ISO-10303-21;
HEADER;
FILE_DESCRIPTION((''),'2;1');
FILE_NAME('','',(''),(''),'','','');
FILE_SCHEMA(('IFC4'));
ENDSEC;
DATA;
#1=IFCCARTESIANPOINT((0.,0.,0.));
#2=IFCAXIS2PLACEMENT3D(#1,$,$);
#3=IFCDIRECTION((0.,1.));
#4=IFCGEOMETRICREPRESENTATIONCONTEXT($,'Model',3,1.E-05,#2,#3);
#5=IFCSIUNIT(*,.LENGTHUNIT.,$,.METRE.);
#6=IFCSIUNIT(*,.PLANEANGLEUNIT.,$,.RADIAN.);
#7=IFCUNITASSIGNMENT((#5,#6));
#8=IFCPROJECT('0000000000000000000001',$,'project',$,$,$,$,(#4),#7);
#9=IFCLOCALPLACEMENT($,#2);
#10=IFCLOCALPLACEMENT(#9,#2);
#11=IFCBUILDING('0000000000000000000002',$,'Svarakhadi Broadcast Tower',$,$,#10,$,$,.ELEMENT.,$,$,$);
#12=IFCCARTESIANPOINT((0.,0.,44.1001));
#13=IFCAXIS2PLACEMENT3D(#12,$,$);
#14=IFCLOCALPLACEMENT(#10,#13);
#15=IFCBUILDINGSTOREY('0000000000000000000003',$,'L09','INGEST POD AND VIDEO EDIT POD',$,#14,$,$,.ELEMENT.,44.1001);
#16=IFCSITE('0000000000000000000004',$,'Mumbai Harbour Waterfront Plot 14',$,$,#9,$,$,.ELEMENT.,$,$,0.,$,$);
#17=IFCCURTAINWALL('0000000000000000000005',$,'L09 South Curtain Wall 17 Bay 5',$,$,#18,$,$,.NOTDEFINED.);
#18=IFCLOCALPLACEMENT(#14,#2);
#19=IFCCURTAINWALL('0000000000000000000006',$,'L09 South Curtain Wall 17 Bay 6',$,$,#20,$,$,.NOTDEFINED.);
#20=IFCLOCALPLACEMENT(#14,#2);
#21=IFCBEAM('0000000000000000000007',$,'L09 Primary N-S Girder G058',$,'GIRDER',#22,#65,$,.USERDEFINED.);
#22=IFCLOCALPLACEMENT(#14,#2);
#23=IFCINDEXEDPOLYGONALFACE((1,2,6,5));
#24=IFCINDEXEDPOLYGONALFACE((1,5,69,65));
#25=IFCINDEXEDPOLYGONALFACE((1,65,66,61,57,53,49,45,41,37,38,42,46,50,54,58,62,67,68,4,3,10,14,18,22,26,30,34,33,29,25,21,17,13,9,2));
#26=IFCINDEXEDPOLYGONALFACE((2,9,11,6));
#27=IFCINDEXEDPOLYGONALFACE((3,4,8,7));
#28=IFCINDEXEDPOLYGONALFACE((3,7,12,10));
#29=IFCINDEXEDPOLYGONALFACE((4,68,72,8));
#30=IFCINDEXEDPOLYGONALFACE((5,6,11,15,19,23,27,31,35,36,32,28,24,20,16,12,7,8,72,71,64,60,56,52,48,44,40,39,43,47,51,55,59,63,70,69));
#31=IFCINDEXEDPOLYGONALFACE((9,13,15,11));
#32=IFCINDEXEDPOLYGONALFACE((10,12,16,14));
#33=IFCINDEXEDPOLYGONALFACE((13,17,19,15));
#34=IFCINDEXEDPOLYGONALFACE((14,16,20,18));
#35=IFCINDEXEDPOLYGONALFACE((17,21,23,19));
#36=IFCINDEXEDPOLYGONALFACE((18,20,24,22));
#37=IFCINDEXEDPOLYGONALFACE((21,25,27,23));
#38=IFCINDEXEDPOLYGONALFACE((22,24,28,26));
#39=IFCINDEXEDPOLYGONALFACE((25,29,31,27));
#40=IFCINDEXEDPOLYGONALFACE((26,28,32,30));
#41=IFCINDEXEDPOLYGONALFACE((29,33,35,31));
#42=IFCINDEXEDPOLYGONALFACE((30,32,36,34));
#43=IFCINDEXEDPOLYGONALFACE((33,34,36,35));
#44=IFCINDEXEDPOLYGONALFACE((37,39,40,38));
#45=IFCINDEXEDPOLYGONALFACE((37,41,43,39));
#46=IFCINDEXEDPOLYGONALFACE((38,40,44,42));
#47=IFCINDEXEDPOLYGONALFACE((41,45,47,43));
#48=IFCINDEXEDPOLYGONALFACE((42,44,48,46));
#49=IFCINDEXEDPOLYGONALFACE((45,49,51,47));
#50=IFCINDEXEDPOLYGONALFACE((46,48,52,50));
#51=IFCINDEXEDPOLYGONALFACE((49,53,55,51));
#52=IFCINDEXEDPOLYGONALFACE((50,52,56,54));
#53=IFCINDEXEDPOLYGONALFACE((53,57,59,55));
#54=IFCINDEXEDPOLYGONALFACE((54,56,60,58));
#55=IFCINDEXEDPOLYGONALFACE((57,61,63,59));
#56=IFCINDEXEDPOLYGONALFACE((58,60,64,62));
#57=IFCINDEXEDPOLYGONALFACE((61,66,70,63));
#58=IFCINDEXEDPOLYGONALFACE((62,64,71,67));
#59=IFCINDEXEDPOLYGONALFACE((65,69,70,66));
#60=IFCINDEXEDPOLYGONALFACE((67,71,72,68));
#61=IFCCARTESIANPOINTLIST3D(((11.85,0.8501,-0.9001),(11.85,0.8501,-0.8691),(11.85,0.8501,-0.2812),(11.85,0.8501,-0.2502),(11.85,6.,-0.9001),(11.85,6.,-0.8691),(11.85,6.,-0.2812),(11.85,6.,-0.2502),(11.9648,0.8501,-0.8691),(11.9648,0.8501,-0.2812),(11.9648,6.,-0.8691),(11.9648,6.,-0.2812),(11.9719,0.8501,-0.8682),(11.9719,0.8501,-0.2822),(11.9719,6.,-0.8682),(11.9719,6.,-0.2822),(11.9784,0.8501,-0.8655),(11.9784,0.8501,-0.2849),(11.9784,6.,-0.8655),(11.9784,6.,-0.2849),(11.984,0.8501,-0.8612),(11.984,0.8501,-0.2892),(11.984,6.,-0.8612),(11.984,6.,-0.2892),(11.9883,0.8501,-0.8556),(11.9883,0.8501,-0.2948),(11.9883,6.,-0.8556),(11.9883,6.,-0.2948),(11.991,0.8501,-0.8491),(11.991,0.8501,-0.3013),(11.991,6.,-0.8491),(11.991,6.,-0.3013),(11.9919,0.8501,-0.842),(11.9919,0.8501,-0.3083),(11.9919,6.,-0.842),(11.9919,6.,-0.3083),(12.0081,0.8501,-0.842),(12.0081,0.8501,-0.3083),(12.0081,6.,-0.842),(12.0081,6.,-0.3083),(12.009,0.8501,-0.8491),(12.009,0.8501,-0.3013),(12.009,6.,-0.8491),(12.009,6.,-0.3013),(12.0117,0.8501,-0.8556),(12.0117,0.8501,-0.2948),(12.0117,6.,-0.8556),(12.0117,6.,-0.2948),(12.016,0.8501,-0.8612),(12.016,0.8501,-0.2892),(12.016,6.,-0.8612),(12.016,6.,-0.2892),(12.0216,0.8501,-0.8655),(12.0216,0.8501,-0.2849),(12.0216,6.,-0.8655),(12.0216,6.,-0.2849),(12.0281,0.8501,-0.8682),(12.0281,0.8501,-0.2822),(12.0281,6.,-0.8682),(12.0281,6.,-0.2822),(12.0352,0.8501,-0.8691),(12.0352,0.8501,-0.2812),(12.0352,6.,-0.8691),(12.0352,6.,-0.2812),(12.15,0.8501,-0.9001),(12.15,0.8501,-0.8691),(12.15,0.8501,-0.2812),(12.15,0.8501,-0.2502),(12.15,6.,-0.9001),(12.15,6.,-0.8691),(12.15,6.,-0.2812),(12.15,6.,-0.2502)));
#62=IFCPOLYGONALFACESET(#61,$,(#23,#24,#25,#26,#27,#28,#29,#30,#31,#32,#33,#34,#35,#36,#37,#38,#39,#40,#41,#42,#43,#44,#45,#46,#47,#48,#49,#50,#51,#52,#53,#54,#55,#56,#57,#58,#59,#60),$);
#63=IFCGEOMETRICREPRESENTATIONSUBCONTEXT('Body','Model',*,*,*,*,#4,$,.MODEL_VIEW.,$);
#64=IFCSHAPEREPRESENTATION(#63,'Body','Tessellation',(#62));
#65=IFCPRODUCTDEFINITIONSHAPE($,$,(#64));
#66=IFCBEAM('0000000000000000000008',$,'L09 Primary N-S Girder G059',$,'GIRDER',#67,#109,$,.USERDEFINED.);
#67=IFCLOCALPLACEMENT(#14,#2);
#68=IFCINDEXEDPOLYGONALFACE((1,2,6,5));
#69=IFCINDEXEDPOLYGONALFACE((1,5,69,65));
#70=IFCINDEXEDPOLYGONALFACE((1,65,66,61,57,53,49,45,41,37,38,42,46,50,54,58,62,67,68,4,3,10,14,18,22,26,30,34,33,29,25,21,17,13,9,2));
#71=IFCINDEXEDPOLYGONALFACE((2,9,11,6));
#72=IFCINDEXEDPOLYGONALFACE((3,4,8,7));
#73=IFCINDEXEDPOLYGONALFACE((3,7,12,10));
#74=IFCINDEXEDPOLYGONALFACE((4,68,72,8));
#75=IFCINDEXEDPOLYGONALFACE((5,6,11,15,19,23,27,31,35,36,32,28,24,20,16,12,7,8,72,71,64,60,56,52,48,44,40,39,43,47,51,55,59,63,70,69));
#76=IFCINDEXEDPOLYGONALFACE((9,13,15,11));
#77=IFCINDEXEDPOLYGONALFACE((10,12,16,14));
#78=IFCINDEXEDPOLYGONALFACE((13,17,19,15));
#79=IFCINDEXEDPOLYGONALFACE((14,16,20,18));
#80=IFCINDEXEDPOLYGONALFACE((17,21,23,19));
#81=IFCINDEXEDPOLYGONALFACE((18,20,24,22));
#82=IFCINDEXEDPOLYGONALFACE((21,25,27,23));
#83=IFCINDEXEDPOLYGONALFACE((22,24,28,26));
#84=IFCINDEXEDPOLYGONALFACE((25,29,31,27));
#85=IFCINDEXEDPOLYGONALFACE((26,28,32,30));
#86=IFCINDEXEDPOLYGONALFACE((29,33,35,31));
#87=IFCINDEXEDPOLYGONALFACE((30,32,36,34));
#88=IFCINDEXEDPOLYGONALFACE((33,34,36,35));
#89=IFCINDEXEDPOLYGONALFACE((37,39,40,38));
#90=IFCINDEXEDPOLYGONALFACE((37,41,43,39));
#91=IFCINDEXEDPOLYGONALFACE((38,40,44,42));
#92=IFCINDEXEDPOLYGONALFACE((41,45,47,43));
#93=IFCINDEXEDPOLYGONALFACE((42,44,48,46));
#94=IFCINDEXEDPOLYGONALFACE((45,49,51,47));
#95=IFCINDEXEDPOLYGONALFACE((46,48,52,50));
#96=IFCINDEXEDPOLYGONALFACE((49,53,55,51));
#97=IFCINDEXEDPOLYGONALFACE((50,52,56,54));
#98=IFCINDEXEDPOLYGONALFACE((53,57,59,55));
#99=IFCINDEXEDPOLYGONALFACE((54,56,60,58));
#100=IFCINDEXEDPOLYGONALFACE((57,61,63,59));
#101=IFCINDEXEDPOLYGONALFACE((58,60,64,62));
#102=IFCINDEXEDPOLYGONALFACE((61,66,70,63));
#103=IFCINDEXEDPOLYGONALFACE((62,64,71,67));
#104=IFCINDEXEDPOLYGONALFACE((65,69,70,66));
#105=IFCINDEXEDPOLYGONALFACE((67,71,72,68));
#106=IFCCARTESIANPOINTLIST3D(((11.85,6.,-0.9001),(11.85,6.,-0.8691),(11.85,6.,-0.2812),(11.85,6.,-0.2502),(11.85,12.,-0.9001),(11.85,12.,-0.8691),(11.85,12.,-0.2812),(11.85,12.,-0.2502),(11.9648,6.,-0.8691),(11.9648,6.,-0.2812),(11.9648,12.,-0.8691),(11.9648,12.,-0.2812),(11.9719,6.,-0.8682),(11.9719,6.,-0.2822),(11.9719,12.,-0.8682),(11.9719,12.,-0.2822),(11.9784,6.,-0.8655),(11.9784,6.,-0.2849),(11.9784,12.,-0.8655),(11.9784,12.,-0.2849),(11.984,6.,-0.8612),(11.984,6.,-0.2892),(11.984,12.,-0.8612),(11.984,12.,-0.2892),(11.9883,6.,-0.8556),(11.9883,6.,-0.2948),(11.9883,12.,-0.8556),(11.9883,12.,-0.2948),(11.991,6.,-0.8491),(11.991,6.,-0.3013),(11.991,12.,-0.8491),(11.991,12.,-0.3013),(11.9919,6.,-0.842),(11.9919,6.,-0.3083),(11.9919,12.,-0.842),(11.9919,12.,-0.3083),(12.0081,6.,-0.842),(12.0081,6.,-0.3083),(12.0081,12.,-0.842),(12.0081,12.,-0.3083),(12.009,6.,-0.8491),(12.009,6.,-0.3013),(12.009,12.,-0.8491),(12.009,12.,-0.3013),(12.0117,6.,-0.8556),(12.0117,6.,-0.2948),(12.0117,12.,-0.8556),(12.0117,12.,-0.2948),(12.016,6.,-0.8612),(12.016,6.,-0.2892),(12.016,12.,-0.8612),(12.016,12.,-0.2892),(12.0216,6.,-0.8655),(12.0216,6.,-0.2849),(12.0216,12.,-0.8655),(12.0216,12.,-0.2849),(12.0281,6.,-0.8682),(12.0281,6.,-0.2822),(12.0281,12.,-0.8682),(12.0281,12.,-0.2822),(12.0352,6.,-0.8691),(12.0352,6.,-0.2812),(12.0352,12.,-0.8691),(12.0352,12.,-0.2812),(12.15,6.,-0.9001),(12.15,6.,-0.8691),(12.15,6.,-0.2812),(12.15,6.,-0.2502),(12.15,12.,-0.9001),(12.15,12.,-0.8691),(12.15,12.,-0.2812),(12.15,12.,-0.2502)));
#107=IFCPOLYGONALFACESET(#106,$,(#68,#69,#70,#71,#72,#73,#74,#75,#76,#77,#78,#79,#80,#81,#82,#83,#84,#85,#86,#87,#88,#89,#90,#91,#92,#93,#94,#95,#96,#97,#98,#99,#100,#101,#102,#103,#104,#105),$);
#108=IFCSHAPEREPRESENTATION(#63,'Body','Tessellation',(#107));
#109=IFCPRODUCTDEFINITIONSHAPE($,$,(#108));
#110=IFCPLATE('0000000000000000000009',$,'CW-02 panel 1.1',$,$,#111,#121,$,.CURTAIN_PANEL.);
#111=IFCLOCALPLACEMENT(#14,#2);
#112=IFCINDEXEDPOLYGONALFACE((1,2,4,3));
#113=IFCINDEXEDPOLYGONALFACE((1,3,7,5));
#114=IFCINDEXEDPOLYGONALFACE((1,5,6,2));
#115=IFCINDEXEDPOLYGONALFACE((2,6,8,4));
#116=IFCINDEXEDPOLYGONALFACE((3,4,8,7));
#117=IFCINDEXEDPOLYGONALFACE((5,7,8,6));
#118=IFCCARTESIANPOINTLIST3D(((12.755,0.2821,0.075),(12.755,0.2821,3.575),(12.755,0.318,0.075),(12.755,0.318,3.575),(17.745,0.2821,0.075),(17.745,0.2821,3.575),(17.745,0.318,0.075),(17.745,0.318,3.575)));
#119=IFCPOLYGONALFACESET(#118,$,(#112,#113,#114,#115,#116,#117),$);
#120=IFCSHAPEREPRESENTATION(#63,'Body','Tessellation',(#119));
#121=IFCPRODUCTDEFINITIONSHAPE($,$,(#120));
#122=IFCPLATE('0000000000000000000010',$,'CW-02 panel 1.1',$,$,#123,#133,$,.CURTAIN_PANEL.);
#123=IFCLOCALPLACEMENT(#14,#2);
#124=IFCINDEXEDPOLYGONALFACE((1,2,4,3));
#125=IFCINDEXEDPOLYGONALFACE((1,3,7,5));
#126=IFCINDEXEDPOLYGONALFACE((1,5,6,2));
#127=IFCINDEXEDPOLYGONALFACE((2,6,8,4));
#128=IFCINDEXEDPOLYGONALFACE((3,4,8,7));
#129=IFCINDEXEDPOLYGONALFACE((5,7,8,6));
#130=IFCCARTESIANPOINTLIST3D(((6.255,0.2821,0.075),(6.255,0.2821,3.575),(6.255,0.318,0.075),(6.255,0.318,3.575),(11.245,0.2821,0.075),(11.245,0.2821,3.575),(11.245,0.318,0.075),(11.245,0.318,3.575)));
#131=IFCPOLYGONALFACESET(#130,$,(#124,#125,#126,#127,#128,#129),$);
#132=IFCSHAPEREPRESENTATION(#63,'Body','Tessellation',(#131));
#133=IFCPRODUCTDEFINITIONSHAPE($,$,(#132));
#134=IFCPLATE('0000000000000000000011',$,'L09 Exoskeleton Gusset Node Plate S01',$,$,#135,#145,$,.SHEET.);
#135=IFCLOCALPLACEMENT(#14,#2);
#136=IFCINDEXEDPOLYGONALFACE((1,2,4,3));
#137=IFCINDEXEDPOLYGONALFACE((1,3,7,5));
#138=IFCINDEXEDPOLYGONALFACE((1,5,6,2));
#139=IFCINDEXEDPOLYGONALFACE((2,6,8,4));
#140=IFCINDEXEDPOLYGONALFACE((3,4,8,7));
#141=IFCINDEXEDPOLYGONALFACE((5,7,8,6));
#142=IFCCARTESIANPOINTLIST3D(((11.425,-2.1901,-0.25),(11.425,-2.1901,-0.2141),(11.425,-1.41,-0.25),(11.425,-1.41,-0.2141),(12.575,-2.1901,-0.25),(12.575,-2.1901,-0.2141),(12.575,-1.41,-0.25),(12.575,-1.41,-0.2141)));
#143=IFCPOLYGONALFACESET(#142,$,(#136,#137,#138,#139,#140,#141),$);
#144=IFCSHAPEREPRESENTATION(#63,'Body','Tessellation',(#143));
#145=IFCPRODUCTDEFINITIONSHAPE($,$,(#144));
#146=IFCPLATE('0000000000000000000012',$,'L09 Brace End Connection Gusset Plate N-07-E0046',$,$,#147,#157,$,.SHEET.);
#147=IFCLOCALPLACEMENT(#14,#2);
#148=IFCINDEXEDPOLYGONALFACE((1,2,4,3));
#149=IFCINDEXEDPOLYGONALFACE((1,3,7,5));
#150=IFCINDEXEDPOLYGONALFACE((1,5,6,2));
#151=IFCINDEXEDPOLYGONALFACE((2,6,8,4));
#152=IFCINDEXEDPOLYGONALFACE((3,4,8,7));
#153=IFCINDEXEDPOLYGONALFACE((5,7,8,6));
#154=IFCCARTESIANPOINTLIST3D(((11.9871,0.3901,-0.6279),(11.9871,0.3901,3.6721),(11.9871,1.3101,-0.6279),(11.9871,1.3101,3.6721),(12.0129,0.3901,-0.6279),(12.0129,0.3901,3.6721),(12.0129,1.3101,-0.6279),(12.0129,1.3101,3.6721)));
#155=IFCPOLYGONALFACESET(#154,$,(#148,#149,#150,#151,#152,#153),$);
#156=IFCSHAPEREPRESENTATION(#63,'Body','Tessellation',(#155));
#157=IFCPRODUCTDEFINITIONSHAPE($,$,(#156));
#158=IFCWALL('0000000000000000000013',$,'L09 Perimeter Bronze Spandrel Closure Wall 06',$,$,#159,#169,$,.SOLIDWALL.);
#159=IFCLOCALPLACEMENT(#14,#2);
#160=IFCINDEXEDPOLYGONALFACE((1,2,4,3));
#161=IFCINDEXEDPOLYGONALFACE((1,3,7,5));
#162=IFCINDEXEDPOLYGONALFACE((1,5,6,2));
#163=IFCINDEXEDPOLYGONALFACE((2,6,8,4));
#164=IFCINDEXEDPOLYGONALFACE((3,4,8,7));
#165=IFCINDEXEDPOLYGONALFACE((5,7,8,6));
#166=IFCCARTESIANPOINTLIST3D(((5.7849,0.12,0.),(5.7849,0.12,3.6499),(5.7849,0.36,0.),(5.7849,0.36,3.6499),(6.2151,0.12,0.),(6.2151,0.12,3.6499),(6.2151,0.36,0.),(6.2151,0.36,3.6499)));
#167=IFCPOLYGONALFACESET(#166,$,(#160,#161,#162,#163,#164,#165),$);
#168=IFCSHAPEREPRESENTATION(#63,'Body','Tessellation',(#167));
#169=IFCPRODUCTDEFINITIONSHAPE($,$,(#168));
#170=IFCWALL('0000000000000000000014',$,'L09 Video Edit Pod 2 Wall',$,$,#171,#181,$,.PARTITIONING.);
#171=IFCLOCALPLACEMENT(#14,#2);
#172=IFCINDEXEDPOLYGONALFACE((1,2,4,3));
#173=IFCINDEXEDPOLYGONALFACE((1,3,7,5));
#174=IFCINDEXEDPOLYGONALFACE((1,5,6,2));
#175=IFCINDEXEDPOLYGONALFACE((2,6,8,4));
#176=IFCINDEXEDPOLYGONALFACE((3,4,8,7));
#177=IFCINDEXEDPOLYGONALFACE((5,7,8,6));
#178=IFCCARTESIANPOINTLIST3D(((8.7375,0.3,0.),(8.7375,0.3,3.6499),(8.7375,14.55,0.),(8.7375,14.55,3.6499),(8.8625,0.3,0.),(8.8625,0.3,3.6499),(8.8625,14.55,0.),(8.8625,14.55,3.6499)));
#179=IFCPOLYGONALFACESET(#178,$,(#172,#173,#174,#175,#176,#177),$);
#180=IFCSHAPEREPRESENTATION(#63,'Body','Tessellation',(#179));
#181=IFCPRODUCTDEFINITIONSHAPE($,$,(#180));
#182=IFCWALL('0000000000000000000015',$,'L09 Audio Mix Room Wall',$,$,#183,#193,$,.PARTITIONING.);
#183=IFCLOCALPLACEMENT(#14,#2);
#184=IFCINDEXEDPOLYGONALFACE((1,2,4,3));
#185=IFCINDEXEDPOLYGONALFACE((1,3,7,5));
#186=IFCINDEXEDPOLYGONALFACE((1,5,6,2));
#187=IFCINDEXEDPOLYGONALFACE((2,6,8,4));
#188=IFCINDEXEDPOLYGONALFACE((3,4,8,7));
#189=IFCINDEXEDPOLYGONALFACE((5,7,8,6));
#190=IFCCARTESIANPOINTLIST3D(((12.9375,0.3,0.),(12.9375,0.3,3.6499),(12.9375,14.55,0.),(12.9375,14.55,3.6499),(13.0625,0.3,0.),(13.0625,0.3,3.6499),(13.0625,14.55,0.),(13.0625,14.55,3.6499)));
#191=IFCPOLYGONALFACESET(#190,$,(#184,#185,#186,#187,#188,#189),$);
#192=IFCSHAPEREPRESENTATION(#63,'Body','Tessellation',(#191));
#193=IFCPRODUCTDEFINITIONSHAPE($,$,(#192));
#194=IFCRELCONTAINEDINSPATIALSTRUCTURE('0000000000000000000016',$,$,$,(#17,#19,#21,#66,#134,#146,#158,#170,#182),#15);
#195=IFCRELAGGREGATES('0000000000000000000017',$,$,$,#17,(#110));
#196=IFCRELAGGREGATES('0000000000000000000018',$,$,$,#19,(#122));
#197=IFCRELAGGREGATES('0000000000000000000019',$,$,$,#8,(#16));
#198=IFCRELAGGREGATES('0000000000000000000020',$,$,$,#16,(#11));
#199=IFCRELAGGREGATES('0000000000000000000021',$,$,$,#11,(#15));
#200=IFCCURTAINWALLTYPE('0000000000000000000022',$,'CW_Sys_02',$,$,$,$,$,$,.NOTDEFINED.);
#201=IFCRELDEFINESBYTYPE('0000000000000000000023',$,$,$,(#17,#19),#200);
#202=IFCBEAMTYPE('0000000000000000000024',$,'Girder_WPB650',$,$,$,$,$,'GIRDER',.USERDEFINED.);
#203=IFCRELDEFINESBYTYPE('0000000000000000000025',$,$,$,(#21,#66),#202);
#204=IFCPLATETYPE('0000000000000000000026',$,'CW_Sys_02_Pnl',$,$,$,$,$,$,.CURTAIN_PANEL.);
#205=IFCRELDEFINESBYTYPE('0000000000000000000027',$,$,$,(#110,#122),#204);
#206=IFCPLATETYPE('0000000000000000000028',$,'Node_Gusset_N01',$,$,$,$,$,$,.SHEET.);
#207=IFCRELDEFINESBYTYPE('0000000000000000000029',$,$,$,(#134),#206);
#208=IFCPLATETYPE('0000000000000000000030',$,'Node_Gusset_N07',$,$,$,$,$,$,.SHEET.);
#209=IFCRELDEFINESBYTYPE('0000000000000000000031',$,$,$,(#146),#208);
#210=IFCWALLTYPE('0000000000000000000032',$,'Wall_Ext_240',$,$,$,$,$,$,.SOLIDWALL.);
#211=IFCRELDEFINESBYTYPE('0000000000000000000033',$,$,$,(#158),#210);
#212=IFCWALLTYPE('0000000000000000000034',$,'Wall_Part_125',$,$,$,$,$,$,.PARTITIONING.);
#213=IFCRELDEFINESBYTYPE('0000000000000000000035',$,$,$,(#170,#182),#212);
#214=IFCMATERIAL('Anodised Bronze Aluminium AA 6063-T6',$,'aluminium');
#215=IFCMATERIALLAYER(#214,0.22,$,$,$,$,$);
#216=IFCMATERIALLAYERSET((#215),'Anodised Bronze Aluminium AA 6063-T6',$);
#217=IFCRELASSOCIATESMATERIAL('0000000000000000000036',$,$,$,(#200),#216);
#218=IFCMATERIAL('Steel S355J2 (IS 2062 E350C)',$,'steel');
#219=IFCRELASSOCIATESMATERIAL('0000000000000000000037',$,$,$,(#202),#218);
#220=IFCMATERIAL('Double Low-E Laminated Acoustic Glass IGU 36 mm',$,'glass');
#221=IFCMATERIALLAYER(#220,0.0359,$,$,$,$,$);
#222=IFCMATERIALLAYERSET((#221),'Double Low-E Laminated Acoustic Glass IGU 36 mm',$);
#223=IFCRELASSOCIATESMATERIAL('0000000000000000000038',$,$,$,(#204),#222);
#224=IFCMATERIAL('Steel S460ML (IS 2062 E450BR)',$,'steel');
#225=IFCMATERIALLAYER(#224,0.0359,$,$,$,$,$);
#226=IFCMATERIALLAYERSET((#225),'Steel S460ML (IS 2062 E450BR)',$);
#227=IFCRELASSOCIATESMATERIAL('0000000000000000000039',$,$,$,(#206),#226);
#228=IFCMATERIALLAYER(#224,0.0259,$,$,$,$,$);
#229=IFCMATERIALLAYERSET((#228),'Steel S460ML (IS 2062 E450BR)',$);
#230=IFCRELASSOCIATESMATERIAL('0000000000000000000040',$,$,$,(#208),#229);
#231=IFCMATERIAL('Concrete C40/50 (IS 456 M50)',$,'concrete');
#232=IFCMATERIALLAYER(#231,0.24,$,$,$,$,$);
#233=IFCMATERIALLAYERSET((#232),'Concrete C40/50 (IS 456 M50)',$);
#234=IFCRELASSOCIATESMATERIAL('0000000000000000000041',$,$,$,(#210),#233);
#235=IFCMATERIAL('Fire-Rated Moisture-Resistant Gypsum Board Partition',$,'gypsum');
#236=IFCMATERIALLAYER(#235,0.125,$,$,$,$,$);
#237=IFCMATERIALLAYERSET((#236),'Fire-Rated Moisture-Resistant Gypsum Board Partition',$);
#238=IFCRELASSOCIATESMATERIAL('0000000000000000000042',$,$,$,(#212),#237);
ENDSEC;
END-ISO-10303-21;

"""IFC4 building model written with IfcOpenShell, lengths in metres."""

from ifc_helpers import new_model, si_unit, direction, frame, frame_2d, origin, origin_2d, place, context, subcontext, project, spatial, rectangle, i_section, extrude, material, layer, layer_set, material_profile, profile_set, type_object, element, aggregate, save


model = new_model("IFC4")

# Units and contexts
model_context = context("Model", 3, precision=1e-05, world=origin(), true_north=direction((0.0, 1.0)))
body_context = subcontext(model_context, "Body", "Model", "MODEL_VIEW")
ifc_project = project(units=[si_unit("LENGTHUNIT", "METRE"), si_unit("PLANEANGLEUNIT", "RADIAN")], contexts=[model_context])

# Site, building, storey
site_placement = place(None, origin())
site = spatial("IfcSite", under=ifc_project, at=site_placement, Name="Mumbai Harbour Waterfront Plot 14", CompositionType="ELEMENT", RefElevation=0.0)
building_placement = place(site_placement, origin())
building = spatial("IfcBuilding", under=site, at=building_placement, Name="Svarakhadi Broadcast Tower", CompositionType="ELEMENT")
storey_placement = place(building_placement, frame((0.0, 0.0, 44.1001)))
storey = spatial("IfcBuildingStorey", under=building, at=storey_placement, Name="L09", Description="INGEST POD AND VIDEO EDIT POD", CompositionType="ELEMENT", Elevation=44.1001)

# Shared definitions
ifc_material_1 = material(Name="Steel S460ML (IS 2062 E450BR)", Category="steel")

# Shared definitions
ifc_material_2 = material(Name="Steel S355J2 (IS 2062 E350C)", Category="steel")

# Curtain walls
ifc_material_3 = material(Name="Anodised Bronze Aluminium AA 6063-T6", Category="aluminium")
ifc_layer_1 = layer(ifc_material_3, 0.22)
ifc_layer_set_1 = layer_set([ifc_layer_1], Name="Anodised Bronze Aluminium AA 6063-T6")
curtain_wall_type = type_object("IfcCurtainWallType", Name="CW_Sys_02", PredefinedType="NOTDEFINED", material=ifc_layer_set_1)
curtain_wall_1_placement = place(storey_placement, origin())
curtain_wall_1 = element("IfcCurtainWall", 1, at=curtain_wall_1_placement, inside=storey, type_object=curtain_wall_type, Name="L09 South Curtain Wall 17 Bay 5", PredefinedType="NOTDEFINED")
curtain_wall_2_placement = place(storey_placement, origin())
curtain_wall_2 = element("IfcCurtainWall", 2, at=curtain_wall_2_placement, inside=storey, type_object=curtain_wall_type, Name="L09 South Curtain Wall 17 Bay 6", PredefinedType="NOTDEFINED")

# Beams
ifc_material_profile_1 = material_profile(ifc_material_2, i_section(OverallWidth=0.3, OverallDepth=0.6499, WebThickness=0.0161, FlangeThickness=0.031, FilletRadius=0.0271, at=origin_2d()), Name="WPB 650x300x225")
ifc_profile_set_1 = profile_set([ifc_material_profile_1], Name="Steel S355J2 (IS 2062 E350C)")
beam_type_1 = type_object("IfcBeamType", Name="Girder_WPB650", ElementType="GIRDER", PredefinedType="USERDEFINED", material=ifc_profile_set_1)
beam_1_placement = place(storey_placement, frame((12.0, 0.8501, -0.5752), z_axis=(0.0, 1.0, 0.0), x_axis=(-1.0, 0.0, 0.0)))
element("IfcBeam", 3, at=beam_1_placement, inside=storey, type_object=beam_type_1, Name="L09 Primary N-S Girder G058", ObjectType="GIRDER", PredefinedType="USERDEFINED", context=body_context, shape_type="SweptSolid", body=[
    extrude(i_section(OverallWidth=0.3, OverallDepth=0.6499, WebThickness=0.0161, FlangeThickness=0.031, FilletRadius=0.0271, at=origin_2d()), origin(), (0.0, 0.0, 1.0), 5.1499),
])
beam_2_placement = place(storey_placement, frame((12.0, 6.0, -0.5752), z_axis=(0.0, 1.0, 0.0), x_axis=(-1.0, 0.0, 0.0)))
element("IfcBeam", 4, at=beam_2_placement, inside=storey, type_object=beam_type_1, Name="L09 Primary N-S Girder G059", ObjectType="GIRDER", PredefinedType="USERDEFINED", context=body_context, shape_type="SweptSolid", body=[
    extrude(i_section(OverallWidth=0.3, OverallDepth=0.6499, WebThickness=0.0161, FlangeThickness=0.031, FilletRadius=0.0271, at=origin_2d()), origin(), (0.0, 0.0, 1.0), 6.0),
])

# Plates
ifc_material_4 = material(Name="Double Low-E Laminated Acoustic Glass IGU 36 mm", Category="glass")
ifc_layer_2 = layer(ifc_material_4, 0.0359)
ifc_layer_set_2 = layer_set([ifc_layer_2], Name="Double Low-E Laminated Acoustic Glass IGU 36 mm")
plate_type_1 = type_object("IfcPlateType", Name="CW_Sys_02_Pnl", PredefinedType="CURTAIN_PANEL", material=ifc_layer_set_2)
plate_1_placement = place(storey_placement, frame((15.25, 0.3, 0.075), z_axis=(0.0, 0.0, 1.0), x_axis=(-1.0, 0.0, 0.0)))
plate_1 = element("IfcPlate", 5, at=plate_1_placement, type_object=plate_type_1, Name="CW-02 panel 1.1", PredefinedType="CURTAIN_PANEL", context=body_context, shape_type="SweptSolid", body=[
    extrude(rectangle(XDim=4.99, YDim=0.0359, at=origin_2d()), origin(), (0.0, 0.0, 1.0), 3.5),
])
aggregate(curtain_wall_1, [plate_1])
plate_2_placement = place(storey_placement, frame((8.75, 0.3, 0.075), z_axis=(0.0, 0.0, 1.0), x_axis=(-1.0, 0.0, 0.0)))
plate_2 = element("IfcPlate", 6, at=plate_2_placement, type_object=plate_type_1, Name="CW-02 panel 1.1", PredefinedType="CURTAIN_PANEL", context=body_context, shape_type="SweptSolid", body=[
    extrude(rectangle(XDim=4.99, YDim=0.0359, at=origin_2d()), origin(), (0.0, 0.0, 1.0), 3.5),
])
aggregate(curtain_wall_2, [plate_2])

# Plates
ifc_layer_3 = layer(ifc_material_1, 0.0359)
ifc_layer_set_3 = layer_set([ifc_layer_3], Name="Steel S460ML (IS 2062 E450BR)")
plate_type_2 = type_object("IfcPlateType", Name="Node_Gusset_N01", PredefinedType="SHEET", material=ifc_layer_set_3)
plate_3_placement = place(storey_placement, frame((12.0, -1.8, -0.25), z_axis=(0.0, 0.0, 1.0), x_axis=(1.0, 0.0, 0.0)))
element("IfcPlate", 7, at=plate_3_placement, inside=storey, type_object=plate_type_2, Name="L09 Exoskeleton Gusset Node Plate S01", PredefinedType="SHEET", context=body_context, shape_type="SweptSolid", body=[
    extrude(rectangle(XDim=1.1499, YDim=0.78, at=origin_2d()), origin(), (0.0, 0.0, 1.0), 0.0359),
])
ifc_layer_4 = layer(ifc_material_1, 0.0259)
ifc_layer_set_4 = layer_set([ifc_layer_4], Name="Steel S460ML (IS 2062 E450BR)")
plate_type_3 = type_object("IfcPlateType", Name="Node_Gusset_N07", PredefinedType="SHEET", material=ifc_layer_set_4)
plate_4_placement = place(storey_placement, frame((12.0, 0.8501, -0.6279), z_axis=(0.0, 0.0, 1.0), x_axis=(0.0, 1.0, 0.0)))
element("IfcPlate", 8, at=plate_4_placement, inside=storey, type_object=plate_type_3, Name="L09 Brace End Connection Gusset Plate N-07-E0046", PredefinedType="SHEET", context=body_context, shape_type="SweptSolid", body=[
    extrude(rectangle(XDim=0.9199, YDim=0.0259, at=origin_2d()), origin(), (0.0, 0.0, 1.0), 4.3),
])

# Walls
ifc_material_5 = material(Name="Concrete C40/50 (IS 456 M50)", Category="concrete")
ifc_layer_5 = layer(ifc_material_5, 0.24)
ifc_layer_set_5 = layer_set([ifc_layer_5], Name="Concrete C40/50 (IS 456 M50)")
wall_type_1 = type_object("IfcWallType", Name="Wall_Ext_240", PredefinedType="SOLIDWALL", material=ifc_layer_set_5)
wall_placement = place(storey_placement, frame((6.2151, 0.24, 0.0), z_axis=(0.0, 0.0, 1.0), x_axis=(-1.0, 0.0, 0.0)))
element("IfcWall", 9, at=wall_placement, inside=storey, type_object=wall_type_1, Name="L09 Perimeter Bronze Spandrel Closure Wall 06", PredefinedType="SOLIDWALL", context=body_context, shape_type="SweptSolid", body=[
    extrude(rectangle(XDim=0.4302, YDim=0.24, at=frame_2d((0.2151, 0.0))), origin(), (0.0, 0.0, 1.0), 3.6499),
])
ifc_material_6 = material(Name="Fire-Rated Moisture-Resistant Gypsum Board Partition", Category="gypsum")
ifc_layer_6 = layer(ifc_material_6, 0.125)
ifc_layer_set_6 = layer_set([ifc_layer_6], Name="Fire-Rated Moisture-Resistant Gypsum Board Partition")
wall_type_2 = type_object("IfcWallType", Name="Wall_Part_125", PredefinedType="PARTITIONING", material=ifc_layer_set_6)
for number, where, z_axis, x_axis, name in (
    (10, (8.8, 0.3, 0.0), (0.0, 0.0, 1.0), (0.0, 1.0, 0.0), "L09 Video Edit Pod 2 Wall"),
    (11, (13.0, 0.3, 0.0), (0.0, 0.0, 1.0), (0.0, 1.0, 0.0), "L09 Audio Mix Room Wall"),
):
    element("IfcWall", number, at=place(storey_placement, frame(where, z_axis=z_axis, x_axis=x_axis)), inside=storey, type_object=wall_type_2, Name=name, PredefinedType="PARTITIONING", context=body_context, shape_type="SweptSolid", body=[
        extrude(rectangle(XDim=14.25, YDim=0.125, at=frame_2d((7.125, 0.0))), origin(), (0.0, 0.0, 1.0), 3.6499),
    ])

save(model, "model.ifc")
